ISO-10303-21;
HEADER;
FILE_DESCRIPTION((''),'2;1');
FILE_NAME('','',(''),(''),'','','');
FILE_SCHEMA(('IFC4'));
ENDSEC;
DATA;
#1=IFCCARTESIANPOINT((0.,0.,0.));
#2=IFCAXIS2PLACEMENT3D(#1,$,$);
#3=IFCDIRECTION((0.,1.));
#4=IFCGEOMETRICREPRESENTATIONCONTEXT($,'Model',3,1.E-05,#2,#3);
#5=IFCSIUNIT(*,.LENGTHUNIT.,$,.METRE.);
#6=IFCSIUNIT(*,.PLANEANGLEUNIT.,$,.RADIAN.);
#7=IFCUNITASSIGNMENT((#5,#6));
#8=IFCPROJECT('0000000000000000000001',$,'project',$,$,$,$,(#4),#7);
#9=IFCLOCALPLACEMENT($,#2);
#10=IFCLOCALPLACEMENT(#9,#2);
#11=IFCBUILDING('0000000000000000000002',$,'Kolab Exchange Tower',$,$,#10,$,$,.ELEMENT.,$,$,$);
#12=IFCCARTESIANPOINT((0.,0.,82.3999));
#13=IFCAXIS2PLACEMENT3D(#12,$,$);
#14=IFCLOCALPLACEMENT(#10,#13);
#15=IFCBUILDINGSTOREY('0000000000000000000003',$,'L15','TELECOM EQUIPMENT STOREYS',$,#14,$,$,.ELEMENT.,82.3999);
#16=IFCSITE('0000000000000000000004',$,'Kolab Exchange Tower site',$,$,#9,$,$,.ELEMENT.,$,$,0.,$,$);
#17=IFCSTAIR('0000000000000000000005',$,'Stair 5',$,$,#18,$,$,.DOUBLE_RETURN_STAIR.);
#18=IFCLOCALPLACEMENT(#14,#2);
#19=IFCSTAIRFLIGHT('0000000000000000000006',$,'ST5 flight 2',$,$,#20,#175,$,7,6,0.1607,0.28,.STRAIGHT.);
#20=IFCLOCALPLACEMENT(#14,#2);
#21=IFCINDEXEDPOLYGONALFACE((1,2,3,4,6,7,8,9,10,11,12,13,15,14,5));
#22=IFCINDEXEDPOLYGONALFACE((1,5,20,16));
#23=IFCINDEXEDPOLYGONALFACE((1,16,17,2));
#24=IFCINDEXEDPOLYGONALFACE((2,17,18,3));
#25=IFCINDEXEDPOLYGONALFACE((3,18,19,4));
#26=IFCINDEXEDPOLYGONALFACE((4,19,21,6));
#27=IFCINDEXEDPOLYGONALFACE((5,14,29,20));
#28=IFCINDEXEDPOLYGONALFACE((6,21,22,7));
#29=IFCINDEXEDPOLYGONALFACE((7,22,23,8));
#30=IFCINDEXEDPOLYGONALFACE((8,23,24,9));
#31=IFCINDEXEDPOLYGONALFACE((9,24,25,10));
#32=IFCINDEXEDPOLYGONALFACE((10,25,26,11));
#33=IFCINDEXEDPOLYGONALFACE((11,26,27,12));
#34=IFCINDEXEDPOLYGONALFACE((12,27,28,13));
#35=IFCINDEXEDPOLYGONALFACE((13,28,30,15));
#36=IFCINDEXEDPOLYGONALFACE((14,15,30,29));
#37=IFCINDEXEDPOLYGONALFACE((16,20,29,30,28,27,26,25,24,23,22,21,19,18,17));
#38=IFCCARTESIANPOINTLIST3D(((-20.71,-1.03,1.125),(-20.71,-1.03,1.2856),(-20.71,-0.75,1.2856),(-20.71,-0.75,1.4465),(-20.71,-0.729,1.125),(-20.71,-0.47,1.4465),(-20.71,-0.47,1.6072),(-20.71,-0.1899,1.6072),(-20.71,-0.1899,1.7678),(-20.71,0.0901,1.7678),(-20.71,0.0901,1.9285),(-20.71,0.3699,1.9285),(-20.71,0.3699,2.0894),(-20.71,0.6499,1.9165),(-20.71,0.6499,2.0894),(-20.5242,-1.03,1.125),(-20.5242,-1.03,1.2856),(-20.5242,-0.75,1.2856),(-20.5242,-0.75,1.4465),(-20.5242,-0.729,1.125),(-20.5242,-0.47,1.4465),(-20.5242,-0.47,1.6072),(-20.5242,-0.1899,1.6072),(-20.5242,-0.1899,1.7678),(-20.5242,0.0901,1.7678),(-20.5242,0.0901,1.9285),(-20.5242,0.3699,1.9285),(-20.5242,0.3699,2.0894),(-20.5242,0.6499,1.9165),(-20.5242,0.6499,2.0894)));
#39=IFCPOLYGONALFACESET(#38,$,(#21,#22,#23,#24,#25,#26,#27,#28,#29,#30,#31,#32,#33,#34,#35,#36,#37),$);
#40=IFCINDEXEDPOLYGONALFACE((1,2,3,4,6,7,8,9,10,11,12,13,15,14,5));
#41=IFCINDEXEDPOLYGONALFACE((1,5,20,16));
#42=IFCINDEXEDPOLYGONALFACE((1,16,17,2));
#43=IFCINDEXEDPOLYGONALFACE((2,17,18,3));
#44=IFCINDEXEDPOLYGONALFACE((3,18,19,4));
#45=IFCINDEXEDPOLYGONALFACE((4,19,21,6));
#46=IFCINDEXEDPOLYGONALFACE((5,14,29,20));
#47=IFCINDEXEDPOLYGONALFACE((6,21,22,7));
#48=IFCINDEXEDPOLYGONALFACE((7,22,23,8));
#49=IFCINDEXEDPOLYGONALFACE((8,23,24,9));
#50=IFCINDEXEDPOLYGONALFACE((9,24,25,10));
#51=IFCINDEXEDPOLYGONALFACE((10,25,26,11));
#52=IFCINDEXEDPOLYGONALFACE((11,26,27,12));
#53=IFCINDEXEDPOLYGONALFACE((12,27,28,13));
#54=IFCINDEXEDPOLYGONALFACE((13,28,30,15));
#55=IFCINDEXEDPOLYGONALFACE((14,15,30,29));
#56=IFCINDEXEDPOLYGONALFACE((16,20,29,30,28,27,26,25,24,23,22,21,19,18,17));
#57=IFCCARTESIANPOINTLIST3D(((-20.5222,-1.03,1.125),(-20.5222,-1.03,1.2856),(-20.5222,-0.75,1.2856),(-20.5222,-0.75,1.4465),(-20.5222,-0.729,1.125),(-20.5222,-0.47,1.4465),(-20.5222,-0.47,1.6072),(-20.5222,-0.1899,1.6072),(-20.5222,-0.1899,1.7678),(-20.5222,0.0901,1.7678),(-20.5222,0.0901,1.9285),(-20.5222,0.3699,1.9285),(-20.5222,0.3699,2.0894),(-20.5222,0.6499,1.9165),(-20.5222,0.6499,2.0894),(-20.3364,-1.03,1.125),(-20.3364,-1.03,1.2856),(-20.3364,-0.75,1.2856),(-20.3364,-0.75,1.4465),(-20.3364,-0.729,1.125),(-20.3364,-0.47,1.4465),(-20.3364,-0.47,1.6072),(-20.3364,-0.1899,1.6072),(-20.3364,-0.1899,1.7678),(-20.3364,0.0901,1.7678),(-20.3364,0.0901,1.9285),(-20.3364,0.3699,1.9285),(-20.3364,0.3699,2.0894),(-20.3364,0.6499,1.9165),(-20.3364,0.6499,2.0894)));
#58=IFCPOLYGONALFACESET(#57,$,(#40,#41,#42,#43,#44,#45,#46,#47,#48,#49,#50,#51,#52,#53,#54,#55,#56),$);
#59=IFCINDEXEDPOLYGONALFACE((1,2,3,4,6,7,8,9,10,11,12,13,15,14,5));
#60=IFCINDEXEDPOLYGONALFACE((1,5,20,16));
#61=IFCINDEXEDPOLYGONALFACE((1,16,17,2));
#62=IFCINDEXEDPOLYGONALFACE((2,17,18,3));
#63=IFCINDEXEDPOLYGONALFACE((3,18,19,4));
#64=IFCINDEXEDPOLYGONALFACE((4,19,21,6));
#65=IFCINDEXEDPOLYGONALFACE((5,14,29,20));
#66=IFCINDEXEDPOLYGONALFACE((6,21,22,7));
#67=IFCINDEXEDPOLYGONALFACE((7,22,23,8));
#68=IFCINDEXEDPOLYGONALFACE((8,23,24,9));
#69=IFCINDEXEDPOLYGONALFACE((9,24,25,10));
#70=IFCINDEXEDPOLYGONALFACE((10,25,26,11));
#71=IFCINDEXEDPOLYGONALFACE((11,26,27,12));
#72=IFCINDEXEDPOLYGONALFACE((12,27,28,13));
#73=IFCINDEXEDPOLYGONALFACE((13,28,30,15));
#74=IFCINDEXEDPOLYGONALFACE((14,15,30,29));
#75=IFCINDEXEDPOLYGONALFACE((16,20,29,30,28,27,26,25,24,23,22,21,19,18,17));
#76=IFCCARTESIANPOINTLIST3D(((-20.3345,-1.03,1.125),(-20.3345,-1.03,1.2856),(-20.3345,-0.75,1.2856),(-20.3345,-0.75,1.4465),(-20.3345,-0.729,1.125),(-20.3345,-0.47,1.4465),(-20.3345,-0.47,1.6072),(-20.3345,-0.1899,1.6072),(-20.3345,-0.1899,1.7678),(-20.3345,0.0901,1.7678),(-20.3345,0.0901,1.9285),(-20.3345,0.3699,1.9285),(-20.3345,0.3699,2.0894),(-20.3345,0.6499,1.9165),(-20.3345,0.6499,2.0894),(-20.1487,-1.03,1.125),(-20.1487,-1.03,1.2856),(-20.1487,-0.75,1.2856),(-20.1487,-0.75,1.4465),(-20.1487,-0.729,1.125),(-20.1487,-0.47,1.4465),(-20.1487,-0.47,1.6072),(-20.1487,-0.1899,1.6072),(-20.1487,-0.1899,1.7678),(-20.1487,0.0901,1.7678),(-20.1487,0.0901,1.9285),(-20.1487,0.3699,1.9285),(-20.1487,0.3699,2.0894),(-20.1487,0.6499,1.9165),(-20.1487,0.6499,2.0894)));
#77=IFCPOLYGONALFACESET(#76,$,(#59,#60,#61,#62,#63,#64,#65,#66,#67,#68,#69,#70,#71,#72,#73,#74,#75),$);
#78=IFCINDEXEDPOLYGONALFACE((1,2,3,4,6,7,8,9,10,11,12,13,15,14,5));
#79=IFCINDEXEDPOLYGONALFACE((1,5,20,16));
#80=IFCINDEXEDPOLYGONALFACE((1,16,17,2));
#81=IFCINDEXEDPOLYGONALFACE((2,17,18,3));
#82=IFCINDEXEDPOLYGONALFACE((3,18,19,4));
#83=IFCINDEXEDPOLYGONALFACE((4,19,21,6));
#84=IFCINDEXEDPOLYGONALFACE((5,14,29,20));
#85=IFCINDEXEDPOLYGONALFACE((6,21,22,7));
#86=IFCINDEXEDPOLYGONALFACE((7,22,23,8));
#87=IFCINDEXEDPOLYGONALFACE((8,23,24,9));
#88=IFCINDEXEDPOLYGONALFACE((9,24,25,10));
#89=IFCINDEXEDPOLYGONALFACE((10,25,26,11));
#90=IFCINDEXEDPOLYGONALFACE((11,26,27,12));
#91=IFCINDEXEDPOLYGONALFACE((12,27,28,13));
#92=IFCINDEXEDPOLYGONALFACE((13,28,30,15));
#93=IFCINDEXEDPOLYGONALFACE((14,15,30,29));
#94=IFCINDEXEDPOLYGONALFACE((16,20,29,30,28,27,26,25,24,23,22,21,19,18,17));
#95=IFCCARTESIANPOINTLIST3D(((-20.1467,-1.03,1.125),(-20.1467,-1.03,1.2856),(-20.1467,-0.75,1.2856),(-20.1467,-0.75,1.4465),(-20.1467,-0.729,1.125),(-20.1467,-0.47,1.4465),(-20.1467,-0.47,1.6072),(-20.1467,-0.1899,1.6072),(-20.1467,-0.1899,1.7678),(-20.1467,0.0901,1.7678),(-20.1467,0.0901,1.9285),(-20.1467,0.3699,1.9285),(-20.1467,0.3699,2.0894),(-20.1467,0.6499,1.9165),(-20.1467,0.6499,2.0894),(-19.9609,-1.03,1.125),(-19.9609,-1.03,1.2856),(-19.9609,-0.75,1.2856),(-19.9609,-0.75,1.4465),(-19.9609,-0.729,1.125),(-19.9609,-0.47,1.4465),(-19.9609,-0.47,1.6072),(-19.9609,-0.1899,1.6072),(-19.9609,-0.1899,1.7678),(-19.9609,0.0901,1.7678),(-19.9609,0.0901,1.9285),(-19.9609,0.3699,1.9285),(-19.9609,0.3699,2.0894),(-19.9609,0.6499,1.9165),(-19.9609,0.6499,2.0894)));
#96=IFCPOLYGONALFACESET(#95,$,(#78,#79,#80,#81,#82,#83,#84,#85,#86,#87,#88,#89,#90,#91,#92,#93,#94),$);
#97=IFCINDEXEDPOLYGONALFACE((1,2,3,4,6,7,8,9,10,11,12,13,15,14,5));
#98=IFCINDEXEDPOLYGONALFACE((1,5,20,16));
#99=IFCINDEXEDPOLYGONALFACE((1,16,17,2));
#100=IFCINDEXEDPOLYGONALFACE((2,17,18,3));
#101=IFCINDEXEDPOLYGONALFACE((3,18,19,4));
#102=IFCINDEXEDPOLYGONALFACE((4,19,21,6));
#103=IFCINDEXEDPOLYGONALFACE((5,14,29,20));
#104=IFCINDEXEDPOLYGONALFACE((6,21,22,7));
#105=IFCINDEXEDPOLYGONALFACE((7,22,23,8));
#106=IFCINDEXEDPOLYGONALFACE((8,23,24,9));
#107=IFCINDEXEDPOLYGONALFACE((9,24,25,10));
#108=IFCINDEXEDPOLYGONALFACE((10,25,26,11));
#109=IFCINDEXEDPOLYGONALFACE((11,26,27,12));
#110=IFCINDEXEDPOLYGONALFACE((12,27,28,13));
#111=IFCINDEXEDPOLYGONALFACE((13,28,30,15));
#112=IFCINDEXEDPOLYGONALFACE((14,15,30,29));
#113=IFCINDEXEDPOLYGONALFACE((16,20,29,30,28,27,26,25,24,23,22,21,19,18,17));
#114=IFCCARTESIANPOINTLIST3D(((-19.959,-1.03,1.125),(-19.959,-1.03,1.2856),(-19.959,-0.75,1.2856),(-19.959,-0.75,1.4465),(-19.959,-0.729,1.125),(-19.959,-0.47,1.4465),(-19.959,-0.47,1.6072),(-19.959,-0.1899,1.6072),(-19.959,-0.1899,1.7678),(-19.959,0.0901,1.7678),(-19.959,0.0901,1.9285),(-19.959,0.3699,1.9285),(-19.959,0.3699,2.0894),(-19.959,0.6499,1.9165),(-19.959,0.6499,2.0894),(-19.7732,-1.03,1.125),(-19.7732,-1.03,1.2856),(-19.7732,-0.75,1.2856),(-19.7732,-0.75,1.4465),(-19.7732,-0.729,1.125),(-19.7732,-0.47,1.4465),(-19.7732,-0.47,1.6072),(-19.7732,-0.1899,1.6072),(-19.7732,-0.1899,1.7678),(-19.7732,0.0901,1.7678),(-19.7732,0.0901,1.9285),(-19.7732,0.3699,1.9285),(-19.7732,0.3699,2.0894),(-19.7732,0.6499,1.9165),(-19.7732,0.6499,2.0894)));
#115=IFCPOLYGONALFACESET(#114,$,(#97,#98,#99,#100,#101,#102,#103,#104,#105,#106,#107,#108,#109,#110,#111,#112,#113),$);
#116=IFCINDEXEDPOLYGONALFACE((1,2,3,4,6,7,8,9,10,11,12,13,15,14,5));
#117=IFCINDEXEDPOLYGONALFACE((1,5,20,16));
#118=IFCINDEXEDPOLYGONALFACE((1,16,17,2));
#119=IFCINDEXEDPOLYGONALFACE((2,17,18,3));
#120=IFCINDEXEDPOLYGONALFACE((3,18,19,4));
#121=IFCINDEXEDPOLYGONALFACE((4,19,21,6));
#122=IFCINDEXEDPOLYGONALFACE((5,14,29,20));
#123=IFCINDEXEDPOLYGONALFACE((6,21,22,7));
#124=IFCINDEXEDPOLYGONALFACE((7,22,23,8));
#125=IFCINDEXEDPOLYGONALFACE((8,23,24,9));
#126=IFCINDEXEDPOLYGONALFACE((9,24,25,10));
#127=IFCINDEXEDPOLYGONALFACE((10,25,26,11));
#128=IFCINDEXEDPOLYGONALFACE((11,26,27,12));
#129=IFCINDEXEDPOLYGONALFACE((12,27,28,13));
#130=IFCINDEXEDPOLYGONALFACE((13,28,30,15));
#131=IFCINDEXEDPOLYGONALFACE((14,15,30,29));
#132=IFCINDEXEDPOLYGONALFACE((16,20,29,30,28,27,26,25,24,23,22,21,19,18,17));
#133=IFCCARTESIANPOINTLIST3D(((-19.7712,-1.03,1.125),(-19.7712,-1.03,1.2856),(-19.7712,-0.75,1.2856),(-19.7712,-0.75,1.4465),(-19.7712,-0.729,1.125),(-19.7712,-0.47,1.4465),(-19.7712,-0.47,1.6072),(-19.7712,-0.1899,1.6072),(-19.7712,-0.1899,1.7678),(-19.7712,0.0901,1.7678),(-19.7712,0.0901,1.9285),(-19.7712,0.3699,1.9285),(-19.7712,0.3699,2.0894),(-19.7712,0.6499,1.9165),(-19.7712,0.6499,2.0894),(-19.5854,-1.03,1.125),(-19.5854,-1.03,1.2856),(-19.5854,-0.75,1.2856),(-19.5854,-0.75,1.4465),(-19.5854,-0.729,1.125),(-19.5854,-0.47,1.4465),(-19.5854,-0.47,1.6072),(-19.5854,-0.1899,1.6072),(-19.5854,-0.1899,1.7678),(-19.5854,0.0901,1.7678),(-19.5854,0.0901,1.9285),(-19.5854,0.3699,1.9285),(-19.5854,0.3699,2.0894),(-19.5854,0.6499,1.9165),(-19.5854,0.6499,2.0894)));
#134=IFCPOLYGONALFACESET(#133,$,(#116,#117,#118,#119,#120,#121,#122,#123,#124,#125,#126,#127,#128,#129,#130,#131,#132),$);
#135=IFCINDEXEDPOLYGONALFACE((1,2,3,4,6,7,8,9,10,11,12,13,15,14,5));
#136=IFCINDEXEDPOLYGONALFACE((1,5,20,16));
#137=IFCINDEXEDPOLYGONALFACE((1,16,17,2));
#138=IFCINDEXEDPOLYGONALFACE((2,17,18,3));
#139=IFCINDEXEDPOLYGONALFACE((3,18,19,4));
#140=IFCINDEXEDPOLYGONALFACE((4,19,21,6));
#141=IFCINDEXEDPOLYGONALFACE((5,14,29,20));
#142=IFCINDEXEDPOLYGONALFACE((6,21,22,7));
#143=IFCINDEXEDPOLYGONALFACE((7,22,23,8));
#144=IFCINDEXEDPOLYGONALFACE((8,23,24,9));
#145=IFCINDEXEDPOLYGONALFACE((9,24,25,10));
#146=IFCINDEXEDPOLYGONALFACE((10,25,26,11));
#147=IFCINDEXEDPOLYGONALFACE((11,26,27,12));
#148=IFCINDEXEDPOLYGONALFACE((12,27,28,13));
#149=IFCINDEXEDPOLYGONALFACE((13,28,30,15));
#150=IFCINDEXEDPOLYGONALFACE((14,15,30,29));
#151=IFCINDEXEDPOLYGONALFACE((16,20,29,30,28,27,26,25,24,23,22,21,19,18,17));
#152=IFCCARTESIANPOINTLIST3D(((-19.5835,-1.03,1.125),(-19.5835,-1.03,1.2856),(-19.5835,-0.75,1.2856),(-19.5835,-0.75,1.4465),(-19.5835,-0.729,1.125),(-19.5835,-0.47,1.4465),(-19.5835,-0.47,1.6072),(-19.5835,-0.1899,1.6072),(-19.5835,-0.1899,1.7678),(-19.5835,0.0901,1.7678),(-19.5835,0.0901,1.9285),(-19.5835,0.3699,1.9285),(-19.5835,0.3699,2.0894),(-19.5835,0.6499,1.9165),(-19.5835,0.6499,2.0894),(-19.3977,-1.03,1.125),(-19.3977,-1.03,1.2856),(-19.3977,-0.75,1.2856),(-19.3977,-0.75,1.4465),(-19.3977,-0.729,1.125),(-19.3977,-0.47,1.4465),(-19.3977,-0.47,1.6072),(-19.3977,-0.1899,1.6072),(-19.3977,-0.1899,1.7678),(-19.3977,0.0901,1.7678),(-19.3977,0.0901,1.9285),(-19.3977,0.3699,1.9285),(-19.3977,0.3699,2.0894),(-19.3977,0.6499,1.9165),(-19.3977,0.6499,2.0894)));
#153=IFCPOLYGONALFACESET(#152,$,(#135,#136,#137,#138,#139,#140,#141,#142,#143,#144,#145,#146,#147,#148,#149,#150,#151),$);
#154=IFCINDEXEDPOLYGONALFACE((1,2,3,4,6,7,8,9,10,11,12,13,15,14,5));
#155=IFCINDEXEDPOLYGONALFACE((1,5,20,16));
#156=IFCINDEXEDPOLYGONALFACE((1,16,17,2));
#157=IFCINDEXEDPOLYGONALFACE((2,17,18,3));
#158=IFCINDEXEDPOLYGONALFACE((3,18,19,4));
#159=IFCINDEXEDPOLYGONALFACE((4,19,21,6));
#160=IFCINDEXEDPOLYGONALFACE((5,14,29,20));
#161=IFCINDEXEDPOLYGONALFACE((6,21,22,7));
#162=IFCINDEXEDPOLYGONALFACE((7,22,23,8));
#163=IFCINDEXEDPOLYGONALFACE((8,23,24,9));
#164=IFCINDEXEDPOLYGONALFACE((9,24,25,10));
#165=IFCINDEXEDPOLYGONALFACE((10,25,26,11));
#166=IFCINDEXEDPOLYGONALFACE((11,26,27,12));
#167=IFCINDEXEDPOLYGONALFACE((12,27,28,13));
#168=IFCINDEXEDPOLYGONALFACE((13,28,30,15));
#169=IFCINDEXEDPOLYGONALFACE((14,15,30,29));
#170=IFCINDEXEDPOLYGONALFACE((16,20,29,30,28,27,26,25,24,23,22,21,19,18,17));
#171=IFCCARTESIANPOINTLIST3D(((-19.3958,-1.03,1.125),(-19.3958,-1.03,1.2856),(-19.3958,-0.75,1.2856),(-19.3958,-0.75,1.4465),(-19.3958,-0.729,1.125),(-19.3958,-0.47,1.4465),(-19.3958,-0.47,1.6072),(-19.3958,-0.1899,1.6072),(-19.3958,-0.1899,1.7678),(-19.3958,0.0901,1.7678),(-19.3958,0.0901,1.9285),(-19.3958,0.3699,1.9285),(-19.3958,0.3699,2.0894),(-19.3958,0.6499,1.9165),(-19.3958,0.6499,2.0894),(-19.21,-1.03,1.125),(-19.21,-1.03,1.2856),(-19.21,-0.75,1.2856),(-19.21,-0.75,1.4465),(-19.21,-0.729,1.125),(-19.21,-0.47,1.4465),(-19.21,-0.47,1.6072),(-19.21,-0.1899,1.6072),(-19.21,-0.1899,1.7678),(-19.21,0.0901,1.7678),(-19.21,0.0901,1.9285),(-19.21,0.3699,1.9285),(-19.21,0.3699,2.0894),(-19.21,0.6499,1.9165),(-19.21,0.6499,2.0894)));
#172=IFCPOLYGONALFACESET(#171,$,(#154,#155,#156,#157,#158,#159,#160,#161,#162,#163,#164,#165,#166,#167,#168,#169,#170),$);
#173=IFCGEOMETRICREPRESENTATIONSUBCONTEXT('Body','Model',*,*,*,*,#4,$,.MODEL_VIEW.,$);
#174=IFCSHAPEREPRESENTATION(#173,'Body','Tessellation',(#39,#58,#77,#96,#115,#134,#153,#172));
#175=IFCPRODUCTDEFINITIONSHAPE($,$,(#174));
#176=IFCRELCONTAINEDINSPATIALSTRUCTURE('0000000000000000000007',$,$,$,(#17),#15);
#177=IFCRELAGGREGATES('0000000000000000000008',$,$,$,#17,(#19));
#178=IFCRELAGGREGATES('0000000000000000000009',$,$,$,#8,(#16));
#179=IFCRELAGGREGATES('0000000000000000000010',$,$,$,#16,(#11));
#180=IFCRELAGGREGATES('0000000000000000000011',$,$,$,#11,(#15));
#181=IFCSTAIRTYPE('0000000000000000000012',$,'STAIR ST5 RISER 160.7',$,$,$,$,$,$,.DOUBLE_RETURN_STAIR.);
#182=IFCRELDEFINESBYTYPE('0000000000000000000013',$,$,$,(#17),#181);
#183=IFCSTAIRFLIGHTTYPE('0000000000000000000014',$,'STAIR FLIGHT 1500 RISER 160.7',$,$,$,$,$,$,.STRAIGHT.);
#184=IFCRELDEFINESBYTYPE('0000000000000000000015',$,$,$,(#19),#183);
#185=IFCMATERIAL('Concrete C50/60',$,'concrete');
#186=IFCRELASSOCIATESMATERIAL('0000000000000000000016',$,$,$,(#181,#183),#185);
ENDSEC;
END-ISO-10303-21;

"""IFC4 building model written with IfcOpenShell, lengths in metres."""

from ifc_helpers import new_model, si_unit, direction, frame, origin, place, context, subcontext, project, spatial, polyline, outline, extrude, material, type_object, element, aggregate, save


model = new_model("IFC4")

# Units and contexts
model_context = context("Model", 3, precision=1e-05, world=origin(), true_north=direction((0.0, 1.0)))
body_context = subcontext(model_context, "Body", "Model", "MODEL_VIEW")
ifc_project = project(units=[si_unit("LENGTHUNIT", "METRE"), si_unit("PLANEANGLEUNIT", "RADIAN")], contexts=[model_context])

# Site, building, storey
site_placement = place(None, origin())
site = spatial("IfcSite", under=ifc_project, at=site_placement, Name="Kolab Exchange Tower site", CompositionType="ELEMENT", RefElevation=0.0)
building_placement = place(site_placement, origin())
building = spatial("IfcBuilding", under=site, at=building_placement, Name="Kolab Exchange Tower", CompositionType="ELEMENT")
storey_placement = place(building_placement, frame((0.0, 0.0, 82.3999)))
storey = spatial("IfcBuildingStorey", under=building, at=storey_placement, Name="L15", Description="TELECOM EQUIPMENT STOREYS", CompositionType="ELEMENT", Elevation=82.3999)

# Shared definitions
ifc_material_1 = material(Name="Concrete C50/60", Category="concrete")

# Stair, stair flight
stair_type = type_object("IfcStairType", Name="STAIR ST5 RISER 160.7", PredefinedType="DOUBLE_RETURN_STAIR", material=ifc_material_1)
stair_placement = place(storey_placement, origin())
stair = element("IfcStair", 1, at=stair_placement, inside=storey, type_object=stair_type, Name="Stair 5", PredefinedType="DOUBLE_RETURN_STAIR")
stair_flight_type = type_object("IfcStairFlightType", Name="STAIR FLIGHT 1500 RISER 160.7", PredefinedType="STRAIGHT", material=ifc_material_1)
stair_flight_1_placement = place(storey_placement, frame((-19.96, -1.03, 1.125), z_axis=(0.0, 0.0, 1.0), x_axis=(0.0, 1.0, 0.0)))
stair_flight_1 = element("IfcStairFlight", 2, at=stair_flight_1_placement, type_object=stair_flight_type, Name="ST5 flight 2", NumberOfRisers=7, NumberOfTreads=6, PredefinedType="STRAIGHT", RiserHeight=0.1607, TreadLength=0.28, context=body_context, shape_type="SweptSolid", body=[
    extrude(outline(polyline([(0.0, 0.0), (0.0, 0.1606), (0.28, 0.1606), (0.28, 0.3215), (0.5601, 0.3215), (0.5601, 0.4822), (0.8401, 0.4822), (0.8401, 0.6428), (1.1201, 0.6428), (1.1201, 0.8035), (1.3999, 0.8035), (1.3999, 0.9644), (1.6799, 0.9644), (1.6799, 1.125), (1.6799, 0.7915), (0.301, 0.0), (0.0, 0.0)])), frame((0.0, 0.75, 0.0), z_axis=(0.0, -1.0, 0.0), x_axis=(1.0, 0.0, 0.0)), (0.0, 0.0, 1.0), 0.1858),
    extrude(outline(polyline([(0.0, 0.0), (0.0, 0.1606), (0.28, 0.1606), (0.28, 0.3215), (0.5601, 0.3215), (0.5601, 0.4822), (0.8401, 0.4822), (0.8401, 0.6428), (1.1201, 0.6428), (1.1201, 0.8035), (1.3999, 0.8035), (1.3999, 0.9644), (1.6799, 0.9644), (1.6799, 1.125), (1.6799, 0.7915), (0.301, 0.0), (0.0, 0.0)])), frame((0.0, 0.5623, 0.0), z_axis=(0.0, -1.0, 0.0), x_axis=(1.0, 0.0, 0.0)), (0.0, 0.0, 1.0), 0.1858),
    extrude(outline(polyline([(0.0, 0.0), (0.0, 0.1606), (0.28, 0.1606), (0.28, 0.3215), (0.5601, 0.3215), (0.5601, 0.4822), (0.8401, 0.4822), (0.8401, 0.6428), (1.1201, 0.6428), (1.1201, 0.8035), (1.3999, 0.8035), (1.3999, 0.9644), (1.6799, 0.9644), (1.6799, 1.125), (1.6799, 0.7915), (0.301, 0.0), (0.0, 0.0)])), frame((0.0, 0.3745, 0.0), z_axis=(0.0, -1.0, 0.0), x_axis=(1.0, 0.0, 0.0)), (0.0, 0.0, 1.0), 0.1858),
    extrude(outline(polyline([(0.0, 0.0), (0.0, 0.1606), (0.28, 0.1606), (0.28, 0.3215), (0.5601, 0.3215), (0.5601, 0.4822), (0.8401, 0.4822), (0.8401, 0.6428), (1.1201, 0.6428), (1.1201, 0.8035), (1.3999, 0.8035), (1.3999, 0.9644), (1.6799, 0.9644), (1.6799, 1.125), (1.6799, 0.7915), (0.301, 0.0), (0.0, 0.0)])), frame((0.0, 0.1868, 0.0), z_axis=(0.0, -1.0, 0.0), x_axis=(1.0, 0.0, 0.0)), (0.0, 0.0, 1.0), 0.1858),
    extrude(outline(polyline([(0.0, 0.0), (0.0, 0.1606), (0.28, 0.1606), (0.28, 0.3215), (0.5601, 0.3215), (0.5601, 0.4822), (0.8401, 0.4822), (0.8401, 0.6428), (1.1201, 0.6428), (1.1201, 0.8035), (1.3999, 0.8035), (1.3999, 0.9644), (1.6799, 0.9644), (1.6799, 1.125), (1.6799, 0.7915), (0.301, 0.0), (0.0, 0.0)])), frame((0.0, -0.001, 0.0), z_axis=(0.0, -1.0, 0.0), x_axis=(1.0, 0.0, 0.0)), (0.0, 0.0, 1.0), 0.1858),
    extrude(outline(polyline([(0.0, 0.0), (0.0, 0.1606), (0.28, 0.1606), (0.28, 0.3215), (0.5601, 0.3215), (0.5601, 0.4822), (0.8401, 0.4822), (0.8401, 0.6428), (1.1201, 0.6428), (1.1201, 0.8035), (1.3999, 0.8035), (1.3999, 0.9644), (1.6799, 0.9644), (1.6799, 1.125), (1.6799, 0.7915), (0.301, 0.0), (0.0, 0.0)])), frame((0.0, -0.1887, 0.0), z_axis=(0.0, -1.0, 0.0), x_axis=(1.0, 0.0, 0.0)), (0.0, 0.0, 1.0), 0.1858),
    extrude(outline(polyline([(0.0, 0.0), (0.0, 0.1606), (0.28, 0.1606), (0.28, 0.3215), (0.5601, 0.3215), (0.5601, 0.4822), (0.8401, 0.4822), (0.8401, 0.6428), (1.1201, 0.6428), (1.1201, 0.8035), (1.3999, 0.8035), (1.3999, 0.9644), (1.6799, 0.9644), (1.6799, 1.125), (1.6799, 0.7915), (0.301, 0.0), (0.0, 0.0)])), frame((0.0, -0.3765, 0.0), z_axis=(0.0, -1.0, 0.0), x_axis=(1.0, 0.0, 0.0)), (0.0, 0.0, 1.0), 0.1858),
    extrude(outline(polyline([(0.0, 0.0), (0.0, 0.1606), (0.28, 0.1606), (0.28, 0.3215), (0.5601, 0.3215), (0.5601, 0.4822), (0.8401, 0.4822), (0.8401, 0.6428), (1.1201, 0.6428), (1.1201, 0.8035), (1.3999, 0.8035), (1.3999, 0.9644), (1.6799, 0.9644), (1.6799, 1.125), (1.6799, 0.7915), (0.301, 0.0), (0.0, 0.0)])), frame((0.0, -0.5642, 0.0), z_axis=(0.0, -1.0, 0.0), x_axis=(1.0, 0.0, 0.0)), (0.0, 0.0, 1.0), 0.1858),
])
aggregate(stair, [stair_flight_1])

save(model, "model.ifc")
